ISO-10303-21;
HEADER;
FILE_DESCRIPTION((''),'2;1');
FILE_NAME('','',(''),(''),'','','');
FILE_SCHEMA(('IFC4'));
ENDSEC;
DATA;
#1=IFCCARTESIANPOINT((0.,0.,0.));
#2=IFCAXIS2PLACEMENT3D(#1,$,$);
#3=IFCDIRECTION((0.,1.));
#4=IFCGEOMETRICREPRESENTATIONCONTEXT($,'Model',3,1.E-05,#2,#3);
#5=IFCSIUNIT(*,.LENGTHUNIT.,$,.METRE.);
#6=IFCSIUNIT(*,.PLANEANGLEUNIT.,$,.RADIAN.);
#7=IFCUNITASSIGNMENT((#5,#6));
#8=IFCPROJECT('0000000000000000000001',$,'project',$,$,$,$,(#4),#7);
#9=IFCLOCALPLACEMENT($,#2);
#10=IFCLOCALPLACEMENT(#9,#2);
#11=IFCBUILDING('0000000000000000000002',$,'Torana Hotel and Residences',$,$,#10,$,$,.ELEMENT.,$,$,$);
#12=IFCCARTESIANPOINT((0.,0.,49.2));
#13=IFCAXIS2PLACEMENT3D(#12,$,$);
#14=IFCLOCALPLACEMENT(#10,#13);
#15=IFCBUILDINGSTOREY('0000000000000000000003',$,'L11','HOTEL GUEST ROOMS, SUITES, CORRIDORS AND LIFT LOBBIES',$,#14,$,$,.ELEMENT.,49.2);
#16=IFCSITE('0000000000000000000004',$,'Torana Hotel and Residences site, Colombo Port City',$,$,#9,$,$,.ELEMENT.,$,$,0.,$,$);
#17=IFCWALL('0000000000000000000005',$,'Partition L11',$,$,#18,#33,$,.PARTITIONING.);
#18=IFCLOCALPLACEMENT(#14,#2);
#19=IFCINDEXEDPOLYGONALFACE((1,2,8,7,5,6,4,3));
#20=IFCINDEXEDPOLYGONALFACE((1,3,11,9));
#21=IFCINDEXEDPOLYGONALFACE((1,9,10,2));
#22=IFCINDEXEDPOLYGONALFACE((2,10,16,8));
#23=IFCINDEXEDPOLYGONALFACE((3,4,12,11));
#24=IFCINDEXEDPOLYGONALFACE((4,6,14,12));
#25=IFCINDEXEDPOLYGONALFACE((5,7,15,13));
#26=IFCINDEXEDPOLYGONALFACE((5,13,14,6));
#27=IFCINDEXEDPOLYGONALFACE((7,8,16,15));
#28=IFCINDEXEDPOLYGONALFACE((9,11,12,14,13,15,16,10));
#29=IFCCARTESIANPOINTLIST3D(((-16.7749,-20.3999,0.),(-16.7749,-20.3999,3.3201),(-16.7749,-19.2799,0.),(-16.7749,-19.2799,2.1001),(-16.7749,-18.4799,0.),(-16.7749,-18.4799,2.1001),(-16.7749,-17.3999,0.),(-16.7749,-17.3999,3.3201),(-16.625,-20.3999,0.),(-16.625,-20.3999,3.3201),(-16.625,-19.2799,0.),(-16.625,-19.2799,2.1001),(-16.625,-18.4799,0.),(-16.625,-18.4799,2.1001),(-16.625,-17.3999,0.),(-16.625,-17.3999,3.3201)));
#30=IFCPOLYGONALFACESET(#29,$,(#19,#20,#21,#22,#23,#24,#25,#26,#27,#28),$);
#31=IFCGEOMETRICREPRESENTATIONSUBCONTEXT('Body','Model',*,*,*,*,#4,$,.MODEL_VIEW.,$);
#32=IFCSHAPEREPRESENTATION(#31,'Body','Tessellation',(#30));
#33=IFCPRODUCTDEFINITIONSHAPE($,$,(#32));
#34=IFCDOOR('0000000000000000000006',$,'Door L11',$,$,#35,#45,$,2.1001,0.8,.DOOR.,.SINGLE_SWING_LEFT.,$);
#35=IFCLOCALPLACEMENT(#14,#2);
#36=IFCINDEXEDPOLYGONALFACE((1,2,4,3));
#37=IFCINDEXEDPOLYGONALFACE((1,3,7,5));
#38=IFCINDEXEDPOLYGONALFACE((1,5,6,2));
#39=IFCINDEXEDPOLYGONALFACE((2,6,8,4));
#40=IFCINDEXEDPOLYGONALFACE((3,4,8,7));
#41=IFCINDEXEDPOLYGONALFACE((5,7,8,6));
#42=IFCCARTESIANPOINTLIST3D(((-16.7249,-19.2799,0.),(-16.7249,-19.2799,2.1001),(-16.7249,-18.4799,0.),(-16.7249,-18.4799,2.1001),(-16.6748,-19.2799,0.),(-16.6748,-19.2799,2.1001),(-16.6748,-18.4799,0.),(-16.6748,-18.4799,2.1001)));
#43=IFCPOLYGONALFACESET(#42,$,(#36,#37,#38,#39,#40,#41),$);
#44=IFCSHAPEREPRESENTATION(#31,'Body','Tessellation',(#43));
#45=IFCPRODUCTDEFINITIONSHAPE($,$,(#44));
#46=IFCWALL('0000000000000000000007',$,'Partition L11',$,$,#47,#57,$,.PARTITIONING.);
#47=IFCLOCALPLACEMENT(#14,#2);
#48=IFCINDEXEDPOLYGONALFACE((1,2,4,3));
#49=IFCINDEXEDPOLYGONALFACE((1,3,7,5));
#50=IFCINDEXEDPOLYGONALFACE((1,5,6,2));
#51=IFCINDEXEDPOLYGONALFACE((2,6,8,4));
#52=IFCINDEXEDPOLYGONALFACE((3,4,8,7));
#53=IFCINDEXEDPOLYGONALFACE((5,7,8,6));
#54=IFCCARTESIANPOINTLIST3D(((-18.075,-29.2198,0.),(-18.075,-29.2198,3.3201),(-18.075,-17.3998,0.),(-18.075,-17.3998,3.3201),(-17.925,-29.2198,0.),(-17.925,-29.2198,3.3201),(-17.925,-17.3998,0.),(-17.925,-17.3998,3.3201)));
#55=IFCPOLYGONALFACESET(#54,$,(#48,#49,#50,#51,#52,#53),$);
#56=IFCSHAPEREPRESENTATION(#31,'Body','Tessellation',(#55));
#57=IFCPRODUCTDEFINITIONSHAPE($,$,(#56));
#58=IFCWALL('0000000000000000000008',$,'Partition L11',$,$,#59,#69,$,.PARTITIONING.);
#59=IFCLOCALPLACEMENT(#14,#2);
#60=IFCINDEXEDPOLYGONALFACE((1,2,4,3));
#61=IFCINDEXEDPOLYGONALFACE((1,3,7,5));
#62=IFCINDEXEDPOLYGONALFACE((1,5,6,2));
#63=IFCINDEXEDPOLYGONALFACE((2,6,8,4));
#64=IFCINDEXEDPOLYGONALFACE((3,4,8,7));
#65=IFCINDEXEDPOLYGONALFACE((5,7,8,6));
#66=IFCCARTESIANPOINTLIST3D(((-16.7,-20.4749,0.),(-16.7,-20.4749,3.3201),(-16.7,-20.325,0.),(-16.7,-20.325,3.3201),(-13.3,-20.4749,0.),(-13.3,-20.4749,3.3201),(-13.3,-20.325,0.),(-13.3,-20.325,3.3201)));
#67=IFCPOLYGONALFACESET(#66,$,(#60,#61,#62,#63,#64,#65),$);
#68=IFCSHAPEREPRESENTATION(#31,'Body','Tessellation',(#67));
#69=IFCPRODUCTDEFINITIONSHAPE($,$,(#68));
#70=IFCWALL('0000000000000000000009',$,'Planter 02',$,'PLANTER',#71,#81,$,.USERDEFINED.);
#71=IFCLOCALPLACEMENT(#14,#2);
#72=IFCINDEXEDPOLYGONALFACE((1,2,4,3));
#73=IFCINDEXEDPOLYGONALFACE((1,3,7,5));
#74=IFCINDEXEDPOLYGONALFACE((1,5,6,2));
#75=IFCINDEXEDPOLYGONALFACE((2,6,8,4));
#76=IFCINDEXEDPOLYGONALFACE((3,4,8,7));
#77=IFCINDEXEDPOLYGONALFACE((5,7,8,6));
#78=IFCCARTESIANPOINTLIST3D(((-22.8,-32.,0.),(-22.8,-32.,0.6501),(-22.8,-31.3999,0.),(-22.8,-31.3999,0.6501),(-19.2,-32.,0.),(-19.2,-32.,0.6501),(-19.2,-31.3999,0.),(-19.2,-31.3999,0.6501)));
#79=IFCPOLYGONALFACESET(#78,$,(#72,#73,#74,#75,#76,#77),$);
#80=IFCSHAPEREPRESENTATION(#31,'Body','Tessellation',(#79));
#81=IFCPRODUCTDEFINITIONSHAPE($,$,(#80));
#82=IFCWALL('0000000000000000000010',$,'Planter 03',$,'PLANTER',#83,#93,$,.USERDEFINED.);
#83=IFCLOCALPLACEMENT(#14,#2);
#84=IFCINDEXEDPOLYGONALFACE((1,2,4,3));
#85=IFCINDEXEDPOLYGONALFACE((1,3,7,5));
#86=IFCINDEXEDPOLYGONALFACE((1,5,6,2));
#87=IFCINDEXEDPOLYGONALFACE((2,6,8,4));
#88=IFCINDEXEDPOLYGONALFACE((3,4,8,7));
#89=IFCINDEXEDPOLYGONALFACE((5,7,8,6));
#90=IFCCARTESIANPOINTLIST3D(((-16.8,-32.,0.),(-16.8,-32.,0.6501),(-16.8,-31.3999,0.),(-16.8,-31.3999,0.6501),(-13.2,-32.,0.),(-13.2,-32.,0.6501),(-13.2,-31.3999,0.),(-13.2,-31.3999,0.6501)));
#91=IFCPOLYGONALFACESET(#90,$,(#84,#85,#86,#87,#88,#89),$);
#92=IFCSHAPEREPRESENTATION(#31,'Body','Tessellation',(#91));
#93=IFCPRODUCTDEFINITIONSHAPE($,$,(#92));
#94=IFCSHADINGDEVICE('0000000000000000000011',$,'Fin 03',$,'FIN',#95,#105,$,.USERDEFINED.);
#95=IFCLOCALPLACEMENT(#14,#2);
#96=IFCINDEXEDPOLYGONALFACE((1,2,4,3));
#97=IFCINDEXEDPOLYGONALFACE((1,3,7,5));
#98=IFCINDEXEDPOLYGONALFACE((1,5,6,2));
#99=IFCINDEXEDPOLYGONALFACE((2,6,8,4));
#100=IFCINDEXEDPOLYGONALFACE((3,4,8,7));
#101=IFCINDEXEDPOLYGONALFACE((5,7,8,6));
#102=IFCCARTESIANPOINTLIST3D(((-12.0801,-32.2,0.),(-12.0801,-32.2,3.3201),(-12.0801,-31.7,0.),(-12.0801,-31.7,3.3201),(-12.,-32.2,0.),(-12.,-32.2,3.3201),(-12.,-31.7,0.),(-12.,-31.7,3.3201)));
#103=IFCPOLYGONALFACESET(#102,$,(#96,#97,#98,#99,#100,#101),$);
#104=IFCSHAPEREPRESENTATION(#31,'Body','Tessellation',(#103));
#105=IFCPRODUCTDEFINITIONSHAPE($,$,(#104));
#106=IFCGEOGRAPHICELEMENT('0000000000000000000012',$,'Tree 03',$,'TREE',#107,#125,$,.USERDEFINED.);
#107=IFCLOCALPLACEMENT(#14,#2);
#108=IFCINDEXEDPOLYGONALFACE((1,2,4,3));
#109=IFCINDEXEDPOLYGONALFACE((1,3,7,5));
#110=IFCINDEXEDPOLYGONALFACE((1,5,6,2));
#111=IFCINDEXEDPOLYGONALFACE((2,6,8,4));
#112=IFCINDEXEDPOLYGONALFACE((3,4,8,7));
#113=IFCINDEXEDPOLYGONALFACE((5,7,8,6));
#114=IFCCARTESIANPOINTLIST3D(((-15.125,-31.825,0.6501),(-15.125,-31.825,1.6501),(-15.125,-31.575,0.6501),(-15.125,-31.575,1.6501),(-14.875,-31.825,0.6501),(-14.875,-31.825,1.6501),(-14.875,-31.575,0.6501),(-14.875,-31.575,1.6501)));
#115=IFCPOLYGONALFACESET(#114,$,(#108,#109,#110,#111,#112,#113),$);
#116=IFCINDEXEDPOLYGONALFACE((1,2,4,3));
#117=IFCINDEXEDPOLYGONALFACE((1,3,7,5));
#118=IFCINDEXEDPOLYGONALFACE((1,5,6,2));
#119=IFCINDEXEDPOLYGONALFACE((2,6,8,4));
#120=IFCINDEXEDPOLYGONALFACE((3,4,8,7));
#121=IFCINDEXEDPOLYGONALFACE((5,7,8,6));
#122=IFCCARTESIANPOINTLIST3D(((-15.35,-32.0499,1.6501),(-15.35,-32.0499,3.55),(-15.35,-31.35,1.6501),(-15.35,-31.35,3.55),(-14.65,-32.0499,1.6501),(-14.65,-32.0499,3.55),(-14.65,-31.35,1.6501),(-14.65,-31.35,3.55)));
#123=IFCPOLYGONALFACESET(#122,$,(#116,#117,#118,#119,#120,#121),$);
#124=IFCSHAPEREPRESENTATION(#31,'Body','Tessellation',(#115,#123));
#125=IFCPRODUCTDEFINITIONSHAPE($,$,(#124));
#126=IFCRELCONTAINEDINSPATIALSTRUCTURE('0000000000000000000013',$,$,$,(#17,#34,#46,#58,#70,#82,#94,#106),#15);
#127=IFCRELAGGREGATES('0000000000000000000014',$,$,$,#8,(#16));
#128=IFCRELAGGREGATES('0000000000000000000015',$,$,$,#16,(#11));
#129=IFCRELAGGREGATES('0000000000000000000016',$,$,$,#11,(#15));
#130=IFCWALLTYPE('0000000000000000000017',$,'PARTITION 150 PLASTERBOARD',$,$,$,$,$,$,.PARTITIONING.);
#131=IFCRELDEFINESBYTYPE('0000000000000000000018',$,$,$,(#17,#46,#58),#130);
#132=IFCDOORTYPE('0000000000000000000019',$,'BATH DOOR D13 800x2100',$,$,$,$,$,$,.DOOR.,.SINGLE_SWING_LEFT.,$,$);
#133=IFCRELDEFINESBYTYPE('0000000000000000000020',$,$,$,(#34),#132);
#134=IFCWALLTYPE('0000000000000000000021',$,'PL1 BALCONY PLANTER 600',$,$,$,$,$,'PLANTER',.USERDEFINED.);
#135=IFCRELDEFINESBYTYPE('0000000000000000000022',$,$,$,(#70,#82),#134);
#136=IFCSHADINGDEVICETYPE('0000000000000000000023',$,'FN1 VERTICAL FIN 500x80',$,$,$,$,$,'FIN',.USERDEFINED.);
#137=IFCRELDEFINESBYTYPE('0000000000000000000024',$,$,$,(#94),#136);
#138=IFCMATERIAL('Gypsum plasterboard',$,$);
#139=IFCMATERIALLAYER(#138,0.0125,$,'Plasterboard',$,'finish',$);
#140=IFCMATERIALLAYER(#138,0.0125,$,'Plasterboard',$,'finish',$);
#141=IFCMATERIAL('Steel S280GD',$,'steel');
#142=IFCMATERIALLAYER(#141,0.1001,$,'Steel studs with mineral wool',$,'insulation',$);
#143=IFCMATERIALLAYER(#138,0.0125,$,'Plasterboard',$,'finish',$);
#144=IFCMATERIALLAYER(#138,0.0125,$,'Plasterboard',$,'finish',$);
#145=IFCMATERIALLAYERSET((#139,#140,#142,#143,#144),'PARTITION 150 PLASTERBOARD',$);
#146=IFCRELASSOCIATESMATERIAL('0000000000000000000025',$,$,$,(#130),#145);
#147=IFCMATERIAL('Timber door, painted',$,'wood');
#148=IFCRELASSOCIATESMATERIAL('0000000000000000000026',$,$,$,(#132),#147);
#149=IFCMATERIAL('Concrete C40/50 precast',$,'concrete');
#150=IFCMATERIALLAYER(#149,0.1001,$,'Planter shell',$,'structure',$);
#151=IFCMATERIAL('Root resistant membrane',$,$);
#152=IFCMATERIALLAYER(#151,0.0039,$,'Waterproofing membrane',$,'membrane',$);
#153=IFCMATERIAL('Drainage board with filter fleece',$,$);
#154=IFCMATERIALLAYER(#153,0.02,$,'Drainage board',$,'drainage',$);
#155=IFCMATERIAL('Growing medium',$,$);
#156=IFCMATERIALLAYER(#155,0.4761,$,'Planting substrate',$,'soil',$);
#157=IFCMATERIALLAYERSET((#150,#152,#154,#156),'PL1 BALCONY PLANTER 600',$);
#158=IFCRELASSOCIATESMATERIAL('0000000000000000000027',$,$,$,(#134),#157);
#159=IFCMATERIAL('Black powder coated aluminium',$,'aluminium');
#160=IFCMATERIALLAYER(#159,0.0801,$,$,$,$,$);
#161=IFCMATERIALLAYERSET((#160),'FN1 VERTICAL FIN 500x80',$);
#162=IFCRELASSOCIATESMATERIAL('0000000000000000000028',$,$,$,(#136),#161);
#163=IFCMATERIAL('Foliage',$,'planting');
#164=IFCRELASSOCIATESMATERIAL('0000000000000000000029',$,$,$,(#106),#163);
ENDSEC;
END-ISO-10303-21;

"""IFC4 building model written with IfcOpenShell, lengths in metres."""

from ifc_helpers import new_model, si_unit, direction, frame, frame_2d, origin, origin_2d, place, context, subcontext, project, spatial, rectangle, extrude, material, layer, layer_set, type_object, element, fill, save


model = new_model("IFC4")

# Units and contexts
model_context = context("Model", 3, precision=1e-05, world=origin(), true_north=direction((0.0, 1.0)))
body_context = subcontext(model_context, "Body", "Model", "MODEL_VIEW")
ifc_project = project(units=[si_unit("LENGTHUNIT", "METRE"), si_unit("PLANEANGLEUNIT", "RADIAN")], contexts=[model_context])

# Site, building, storey
site_placement = place(None, origin())
site = spatial("IfcSite", under=ifc_project, at=site_placement, Name="Torana Hotel and Residences site, Colombo Port City", CompositionType="ELEMENT", RefElevation=0.0)
building_placement = place(site_placement, origin())
building = spatial("IfcBuilding", under=site, at=building_placement, Name="Torana Hotel and Residences", CompositionType="ELEMENT")
storey_placement = place(building_placement, frame((0.0, 0.0, 49.2)))
storey = spatial("IfcBuildingStorey", under=building, at=storey_placement, Name="L11", Description="HOTEL GUEST ROOMS, SUITES, CORRIDORS AND LIFT LOBBIES", CompositionType="ELEMENT", Elevation=49.2)

# Shared definitions
ifc_material_1 = material(Name="Gypsum plasterboard")
ifc_layer_1 = layer(ifc_material_1, 0.0125, Name="Plasterboard", Category="finish")
ifc_layer_2 = layer(ifc_material_1, 0.0125, Name="Plasterboard", Category="finish")
ifc_material_2 = material(Name="Steel S280GD", Category="steel")
ifc_layer_3 = layer(ifc_material_2, 0.1001, Name="Steel studs with mineral wool", Category="insulation")
ifc_layer_4 = layer(ifc_material_1, 0.0125, Name="Plasterboard", Category="finish")
ifc_layer_5 = layer(ifc_material_1, 0.0125, Name="Plasterboard", Category="finish")
ifc_layer_set_1 = layer_set([ifc_layer_1, ifc_layer_2, ifc_layer_3, ifc_layer_4, ifc_layer_5], Name="PARTITION 150 PLASTERBOARD")
wall_type_1 = type_object("IfcWallType", Name="PARTITION 150 PLASTERBOARD", PredefinedType="PARTITIONING", material=ifc_layer_set_1)

# Shared definitions
ifc_material_3 = material(Name="Timber door, painted", Category="wood")
door_type = type_object("IfcDoorType", Name="BATH DOOR D13 800x2100", OperationType="SINGLE_SWING_LEFT", PredefinedType="DOOR", material=ifc_material_3)

# Wall, opening, door
wall_1_placement = place(storey_placement, frame((-16.7, -20.3999, 0.0), z_axis=(0.0, 0.0, 1.0), x_axis=(0.0, 1.0, 0.0)))
wall_1 = element("IfcWall", 1, at=wall_1_placement, inside=storey, type_object=wall_type_1, Name="Partition L11", PredefinedType="PARTITIONING", context=body_context, shape_type="SweptSolid", body=[
    extrude(rectangle(XDim=3.0, YDim=0.1499, at=frame_2d((1.5, 0.0))), origin(), (0.0, 0.0, 1.0), 3.3201),
])
opening_1_placement = place(wall_1_placement, frame((1.1201, 0.0, 0.0)))
opening_1 = element("IfcOpeningElement", 2, at=opening_1_placement, cuts=wall_1, PredefinedType="OPENING", context=body_context, shape_type="SweptSolid", body=[
    extrude(rectangle(XDim=0.8, YDim=2.1001, at=frame_2d((0.3999, 1.05))), frame((0.0, 0.085, 0.0), z_axis=(0.0, -1.0, 0.0), x_axis=(1.0, 0.0, 0.0)), (0.0, 0.0, 1.0), 0.1699),
])
door_1_placement = place(opening_1_placement, origin())
door_1 = element("IfcDoor", 3, at=door_1_placement, inside=storey, type_object=door_type, Name="Door L11", OperationType="SINGLE_SWING_LEFT", OverallHeight=2.1001, OverallWidth=0.8, PredefinedType="DOOR", context=body_context, shape_type="SweptSolid", body=[
    extrude(rectangle(XDim=0.8, YDim=2.1001, at=frame_2d((0.3999, 1.05))), frame((0.0, 0.0249, 0.0), z_axis=(0.0, -1.0, 0.0), x_axis=(1.0, 0.0, 0.0)), (0.0, 0.0, 1.0), 0.05),
])
fill(opening_1, door_1)

# Walls
wall_2_placement = place(storey_placement, frame((-18.0, -29.22, 0.0), z_axis=(0.0, 0.0, 1.0), x_axis=(0.0, 1.0, 0.0)))
element("IfcWall", 4, at=wall_2_placement, inside=storey, type_object=wall_type_1, Name="Partition L11", PredefinedType="PARTITIONING", context=body_context, shape_type="SweptSolid", body=[
    extrude(rectangle(XDim=11.8201, YDim=0.1499, at=frame_2d((5.9102, 0.0))), origin(), (0.0, 0.0, 1.0), 3.3201),
])
wall_3_placement = place(storey_placement, frame((-16.7, -20.3999, 0.0), z_axis=(0.0, 0.0, 1.0), x_axis=(1.0, 0.0, 0.0)))
element("IfcWall", 5, at=wall_3_placement, inside=storey, type_object=wall_type_1, Name="Partition L11", PredefinedType="PARTITIONING", context=body_context, shape_type="SweptSolid", body=[
    extrude(rectangle(XDim=3.3999, YDim=0.1499, at=frame_2d((1.7, 0.0))), origin(), (0.0, 0.0, 1.0), 3.3201),
])
ifc_material_4 = material(Name="Concrete C40/50 precast", Category="concrete")
ifc_layer_6 = layer(ifc_material_4, 0.1001, Name="Planter shell", Category="structure")
ifc_material_5 = material(Name="Root resistant membrane")
ifc_layer_7 = layer(ifc_material_5, 0.0039, Name="Waterproofing membrane", Category="membrane")
ifc_material_6 = material(Name="Drainage board with filter fleece")
ifc_layer_8 = layer(ifc_material_6, 0.02, Name="Drainage board", Category="drainage")
ifc_material_7 = material(Name="Growing medium")
ifc_layer_9 = layer(ifc_material_7, 0.4761, Name="Planting substrate", Category="soil")
ifc_layer_set_2 = layer_set([ifc_layer_6, ifc_layer_7, ifc_layer_8, ifc_layer_9], Name="PL1 BALCONY PLANTER 600")
wall_type_2 = type_object("IfcWallType", Name="PL1 BALCONY PLANTER 600", ElementType="PLANTER", PredefinedType="USERDEFINED", material=ifc_layer_set_2)
for number, where, z_axis, x_axis, name in (
    (6, (-19.2, -31.7, 0.0), (0.0, 0.0, 1.0), (-1.0, 0.0, 0.0), "Planter 02"),
    (7, (-13.2, -31.7, 0.0), (0.0, 0.0, 1.0), (-1.0, 0.0, 0.0), "Planter 03"),
):
    element("IfcWall", number, at=place(storey_placement, frame(where, z_axis=z_axis, x_axis=x_axis)), inside=storey, type_object=wall_type_2, Name=name, ObjectType="PLANTER", PredefinedType="USERDEFINED", context=body_context, shape_type="SweptSolid", body=[
        extrude(rectangle(XDim=3.6001, YDim=0.6001, at=frame_2d((1.8, 0.0))), origin(), (0.0, 0.0, 1.0), 0.6501),
    ])

# Shading device
ifc_material_8 = material(Name="Black powder coated aluminium", Category="aluminium")
ifc_layer_10 = layer(ifc_material_8, 0.0801)
ifc_layer_set_3 = layer_set([ifc_layer_10], Name="FN1 VERTICAL FIN 500x80")
shading_device_type = type_object("IfcShadingDeviceType", Name="FN1 VERTICAL FIN 500x80", ElementType="FIN", PredefinedType="USERDEFINED", material=ifc_layer_set_3)
shading_device_placement = place(storey_placement, frame((-12.04, -31.95, 0.0), z_axis=(0.0, 0.0, 1.0), x_axis=(-1.0, 0.0, 0.0)))
element("IfcShadingDevice", 8, at=shading_device_placement, inside=storey, type_object=shading_device_type, Name="Fin 03", ObjectType="FIN", PredefinedType="USERDEFINED", context=body_context, shape_type="SweptSolid", body=[
    extrude(rectangle(XDim=0.0801, YDim=0.5, at=origin_2d()), origin(), (0.0, 0.0, 1.0), 3.3201),
])

# Geographic element
ifc_material_9 = material(Name="Foliage", Category="planting")
geographic_element_placement = place(storey_placement, frame((-15.0, -31.7, 0.6501), z_axis=(0.0, 0.0, 1.0), x_axis=(1.0, 0.0, 0.0)))
element("IfcGeographicElement", 9, at=geographic_element_placement, inside=storey, material=ifc_material_9, Name="Tree 03", ObjectType="TREE", PredefinedType="USERDEFINED", context=body_context, shape_type="SweptSolid", body=[
    extrude(rectangle(XDim=0.25, YDim=0.25, at=origin_2d()), origin(), (0.0, 0.0, 1.0), 1.0),
    extrude(rectangle(XDim=0.7, YDim=0.7, at=origin_2d()), frame((0.0, 0.0, 1.0)), (0.0, 0.0, 1.0), 1.8999),
])

save(model, "model.ifc")
